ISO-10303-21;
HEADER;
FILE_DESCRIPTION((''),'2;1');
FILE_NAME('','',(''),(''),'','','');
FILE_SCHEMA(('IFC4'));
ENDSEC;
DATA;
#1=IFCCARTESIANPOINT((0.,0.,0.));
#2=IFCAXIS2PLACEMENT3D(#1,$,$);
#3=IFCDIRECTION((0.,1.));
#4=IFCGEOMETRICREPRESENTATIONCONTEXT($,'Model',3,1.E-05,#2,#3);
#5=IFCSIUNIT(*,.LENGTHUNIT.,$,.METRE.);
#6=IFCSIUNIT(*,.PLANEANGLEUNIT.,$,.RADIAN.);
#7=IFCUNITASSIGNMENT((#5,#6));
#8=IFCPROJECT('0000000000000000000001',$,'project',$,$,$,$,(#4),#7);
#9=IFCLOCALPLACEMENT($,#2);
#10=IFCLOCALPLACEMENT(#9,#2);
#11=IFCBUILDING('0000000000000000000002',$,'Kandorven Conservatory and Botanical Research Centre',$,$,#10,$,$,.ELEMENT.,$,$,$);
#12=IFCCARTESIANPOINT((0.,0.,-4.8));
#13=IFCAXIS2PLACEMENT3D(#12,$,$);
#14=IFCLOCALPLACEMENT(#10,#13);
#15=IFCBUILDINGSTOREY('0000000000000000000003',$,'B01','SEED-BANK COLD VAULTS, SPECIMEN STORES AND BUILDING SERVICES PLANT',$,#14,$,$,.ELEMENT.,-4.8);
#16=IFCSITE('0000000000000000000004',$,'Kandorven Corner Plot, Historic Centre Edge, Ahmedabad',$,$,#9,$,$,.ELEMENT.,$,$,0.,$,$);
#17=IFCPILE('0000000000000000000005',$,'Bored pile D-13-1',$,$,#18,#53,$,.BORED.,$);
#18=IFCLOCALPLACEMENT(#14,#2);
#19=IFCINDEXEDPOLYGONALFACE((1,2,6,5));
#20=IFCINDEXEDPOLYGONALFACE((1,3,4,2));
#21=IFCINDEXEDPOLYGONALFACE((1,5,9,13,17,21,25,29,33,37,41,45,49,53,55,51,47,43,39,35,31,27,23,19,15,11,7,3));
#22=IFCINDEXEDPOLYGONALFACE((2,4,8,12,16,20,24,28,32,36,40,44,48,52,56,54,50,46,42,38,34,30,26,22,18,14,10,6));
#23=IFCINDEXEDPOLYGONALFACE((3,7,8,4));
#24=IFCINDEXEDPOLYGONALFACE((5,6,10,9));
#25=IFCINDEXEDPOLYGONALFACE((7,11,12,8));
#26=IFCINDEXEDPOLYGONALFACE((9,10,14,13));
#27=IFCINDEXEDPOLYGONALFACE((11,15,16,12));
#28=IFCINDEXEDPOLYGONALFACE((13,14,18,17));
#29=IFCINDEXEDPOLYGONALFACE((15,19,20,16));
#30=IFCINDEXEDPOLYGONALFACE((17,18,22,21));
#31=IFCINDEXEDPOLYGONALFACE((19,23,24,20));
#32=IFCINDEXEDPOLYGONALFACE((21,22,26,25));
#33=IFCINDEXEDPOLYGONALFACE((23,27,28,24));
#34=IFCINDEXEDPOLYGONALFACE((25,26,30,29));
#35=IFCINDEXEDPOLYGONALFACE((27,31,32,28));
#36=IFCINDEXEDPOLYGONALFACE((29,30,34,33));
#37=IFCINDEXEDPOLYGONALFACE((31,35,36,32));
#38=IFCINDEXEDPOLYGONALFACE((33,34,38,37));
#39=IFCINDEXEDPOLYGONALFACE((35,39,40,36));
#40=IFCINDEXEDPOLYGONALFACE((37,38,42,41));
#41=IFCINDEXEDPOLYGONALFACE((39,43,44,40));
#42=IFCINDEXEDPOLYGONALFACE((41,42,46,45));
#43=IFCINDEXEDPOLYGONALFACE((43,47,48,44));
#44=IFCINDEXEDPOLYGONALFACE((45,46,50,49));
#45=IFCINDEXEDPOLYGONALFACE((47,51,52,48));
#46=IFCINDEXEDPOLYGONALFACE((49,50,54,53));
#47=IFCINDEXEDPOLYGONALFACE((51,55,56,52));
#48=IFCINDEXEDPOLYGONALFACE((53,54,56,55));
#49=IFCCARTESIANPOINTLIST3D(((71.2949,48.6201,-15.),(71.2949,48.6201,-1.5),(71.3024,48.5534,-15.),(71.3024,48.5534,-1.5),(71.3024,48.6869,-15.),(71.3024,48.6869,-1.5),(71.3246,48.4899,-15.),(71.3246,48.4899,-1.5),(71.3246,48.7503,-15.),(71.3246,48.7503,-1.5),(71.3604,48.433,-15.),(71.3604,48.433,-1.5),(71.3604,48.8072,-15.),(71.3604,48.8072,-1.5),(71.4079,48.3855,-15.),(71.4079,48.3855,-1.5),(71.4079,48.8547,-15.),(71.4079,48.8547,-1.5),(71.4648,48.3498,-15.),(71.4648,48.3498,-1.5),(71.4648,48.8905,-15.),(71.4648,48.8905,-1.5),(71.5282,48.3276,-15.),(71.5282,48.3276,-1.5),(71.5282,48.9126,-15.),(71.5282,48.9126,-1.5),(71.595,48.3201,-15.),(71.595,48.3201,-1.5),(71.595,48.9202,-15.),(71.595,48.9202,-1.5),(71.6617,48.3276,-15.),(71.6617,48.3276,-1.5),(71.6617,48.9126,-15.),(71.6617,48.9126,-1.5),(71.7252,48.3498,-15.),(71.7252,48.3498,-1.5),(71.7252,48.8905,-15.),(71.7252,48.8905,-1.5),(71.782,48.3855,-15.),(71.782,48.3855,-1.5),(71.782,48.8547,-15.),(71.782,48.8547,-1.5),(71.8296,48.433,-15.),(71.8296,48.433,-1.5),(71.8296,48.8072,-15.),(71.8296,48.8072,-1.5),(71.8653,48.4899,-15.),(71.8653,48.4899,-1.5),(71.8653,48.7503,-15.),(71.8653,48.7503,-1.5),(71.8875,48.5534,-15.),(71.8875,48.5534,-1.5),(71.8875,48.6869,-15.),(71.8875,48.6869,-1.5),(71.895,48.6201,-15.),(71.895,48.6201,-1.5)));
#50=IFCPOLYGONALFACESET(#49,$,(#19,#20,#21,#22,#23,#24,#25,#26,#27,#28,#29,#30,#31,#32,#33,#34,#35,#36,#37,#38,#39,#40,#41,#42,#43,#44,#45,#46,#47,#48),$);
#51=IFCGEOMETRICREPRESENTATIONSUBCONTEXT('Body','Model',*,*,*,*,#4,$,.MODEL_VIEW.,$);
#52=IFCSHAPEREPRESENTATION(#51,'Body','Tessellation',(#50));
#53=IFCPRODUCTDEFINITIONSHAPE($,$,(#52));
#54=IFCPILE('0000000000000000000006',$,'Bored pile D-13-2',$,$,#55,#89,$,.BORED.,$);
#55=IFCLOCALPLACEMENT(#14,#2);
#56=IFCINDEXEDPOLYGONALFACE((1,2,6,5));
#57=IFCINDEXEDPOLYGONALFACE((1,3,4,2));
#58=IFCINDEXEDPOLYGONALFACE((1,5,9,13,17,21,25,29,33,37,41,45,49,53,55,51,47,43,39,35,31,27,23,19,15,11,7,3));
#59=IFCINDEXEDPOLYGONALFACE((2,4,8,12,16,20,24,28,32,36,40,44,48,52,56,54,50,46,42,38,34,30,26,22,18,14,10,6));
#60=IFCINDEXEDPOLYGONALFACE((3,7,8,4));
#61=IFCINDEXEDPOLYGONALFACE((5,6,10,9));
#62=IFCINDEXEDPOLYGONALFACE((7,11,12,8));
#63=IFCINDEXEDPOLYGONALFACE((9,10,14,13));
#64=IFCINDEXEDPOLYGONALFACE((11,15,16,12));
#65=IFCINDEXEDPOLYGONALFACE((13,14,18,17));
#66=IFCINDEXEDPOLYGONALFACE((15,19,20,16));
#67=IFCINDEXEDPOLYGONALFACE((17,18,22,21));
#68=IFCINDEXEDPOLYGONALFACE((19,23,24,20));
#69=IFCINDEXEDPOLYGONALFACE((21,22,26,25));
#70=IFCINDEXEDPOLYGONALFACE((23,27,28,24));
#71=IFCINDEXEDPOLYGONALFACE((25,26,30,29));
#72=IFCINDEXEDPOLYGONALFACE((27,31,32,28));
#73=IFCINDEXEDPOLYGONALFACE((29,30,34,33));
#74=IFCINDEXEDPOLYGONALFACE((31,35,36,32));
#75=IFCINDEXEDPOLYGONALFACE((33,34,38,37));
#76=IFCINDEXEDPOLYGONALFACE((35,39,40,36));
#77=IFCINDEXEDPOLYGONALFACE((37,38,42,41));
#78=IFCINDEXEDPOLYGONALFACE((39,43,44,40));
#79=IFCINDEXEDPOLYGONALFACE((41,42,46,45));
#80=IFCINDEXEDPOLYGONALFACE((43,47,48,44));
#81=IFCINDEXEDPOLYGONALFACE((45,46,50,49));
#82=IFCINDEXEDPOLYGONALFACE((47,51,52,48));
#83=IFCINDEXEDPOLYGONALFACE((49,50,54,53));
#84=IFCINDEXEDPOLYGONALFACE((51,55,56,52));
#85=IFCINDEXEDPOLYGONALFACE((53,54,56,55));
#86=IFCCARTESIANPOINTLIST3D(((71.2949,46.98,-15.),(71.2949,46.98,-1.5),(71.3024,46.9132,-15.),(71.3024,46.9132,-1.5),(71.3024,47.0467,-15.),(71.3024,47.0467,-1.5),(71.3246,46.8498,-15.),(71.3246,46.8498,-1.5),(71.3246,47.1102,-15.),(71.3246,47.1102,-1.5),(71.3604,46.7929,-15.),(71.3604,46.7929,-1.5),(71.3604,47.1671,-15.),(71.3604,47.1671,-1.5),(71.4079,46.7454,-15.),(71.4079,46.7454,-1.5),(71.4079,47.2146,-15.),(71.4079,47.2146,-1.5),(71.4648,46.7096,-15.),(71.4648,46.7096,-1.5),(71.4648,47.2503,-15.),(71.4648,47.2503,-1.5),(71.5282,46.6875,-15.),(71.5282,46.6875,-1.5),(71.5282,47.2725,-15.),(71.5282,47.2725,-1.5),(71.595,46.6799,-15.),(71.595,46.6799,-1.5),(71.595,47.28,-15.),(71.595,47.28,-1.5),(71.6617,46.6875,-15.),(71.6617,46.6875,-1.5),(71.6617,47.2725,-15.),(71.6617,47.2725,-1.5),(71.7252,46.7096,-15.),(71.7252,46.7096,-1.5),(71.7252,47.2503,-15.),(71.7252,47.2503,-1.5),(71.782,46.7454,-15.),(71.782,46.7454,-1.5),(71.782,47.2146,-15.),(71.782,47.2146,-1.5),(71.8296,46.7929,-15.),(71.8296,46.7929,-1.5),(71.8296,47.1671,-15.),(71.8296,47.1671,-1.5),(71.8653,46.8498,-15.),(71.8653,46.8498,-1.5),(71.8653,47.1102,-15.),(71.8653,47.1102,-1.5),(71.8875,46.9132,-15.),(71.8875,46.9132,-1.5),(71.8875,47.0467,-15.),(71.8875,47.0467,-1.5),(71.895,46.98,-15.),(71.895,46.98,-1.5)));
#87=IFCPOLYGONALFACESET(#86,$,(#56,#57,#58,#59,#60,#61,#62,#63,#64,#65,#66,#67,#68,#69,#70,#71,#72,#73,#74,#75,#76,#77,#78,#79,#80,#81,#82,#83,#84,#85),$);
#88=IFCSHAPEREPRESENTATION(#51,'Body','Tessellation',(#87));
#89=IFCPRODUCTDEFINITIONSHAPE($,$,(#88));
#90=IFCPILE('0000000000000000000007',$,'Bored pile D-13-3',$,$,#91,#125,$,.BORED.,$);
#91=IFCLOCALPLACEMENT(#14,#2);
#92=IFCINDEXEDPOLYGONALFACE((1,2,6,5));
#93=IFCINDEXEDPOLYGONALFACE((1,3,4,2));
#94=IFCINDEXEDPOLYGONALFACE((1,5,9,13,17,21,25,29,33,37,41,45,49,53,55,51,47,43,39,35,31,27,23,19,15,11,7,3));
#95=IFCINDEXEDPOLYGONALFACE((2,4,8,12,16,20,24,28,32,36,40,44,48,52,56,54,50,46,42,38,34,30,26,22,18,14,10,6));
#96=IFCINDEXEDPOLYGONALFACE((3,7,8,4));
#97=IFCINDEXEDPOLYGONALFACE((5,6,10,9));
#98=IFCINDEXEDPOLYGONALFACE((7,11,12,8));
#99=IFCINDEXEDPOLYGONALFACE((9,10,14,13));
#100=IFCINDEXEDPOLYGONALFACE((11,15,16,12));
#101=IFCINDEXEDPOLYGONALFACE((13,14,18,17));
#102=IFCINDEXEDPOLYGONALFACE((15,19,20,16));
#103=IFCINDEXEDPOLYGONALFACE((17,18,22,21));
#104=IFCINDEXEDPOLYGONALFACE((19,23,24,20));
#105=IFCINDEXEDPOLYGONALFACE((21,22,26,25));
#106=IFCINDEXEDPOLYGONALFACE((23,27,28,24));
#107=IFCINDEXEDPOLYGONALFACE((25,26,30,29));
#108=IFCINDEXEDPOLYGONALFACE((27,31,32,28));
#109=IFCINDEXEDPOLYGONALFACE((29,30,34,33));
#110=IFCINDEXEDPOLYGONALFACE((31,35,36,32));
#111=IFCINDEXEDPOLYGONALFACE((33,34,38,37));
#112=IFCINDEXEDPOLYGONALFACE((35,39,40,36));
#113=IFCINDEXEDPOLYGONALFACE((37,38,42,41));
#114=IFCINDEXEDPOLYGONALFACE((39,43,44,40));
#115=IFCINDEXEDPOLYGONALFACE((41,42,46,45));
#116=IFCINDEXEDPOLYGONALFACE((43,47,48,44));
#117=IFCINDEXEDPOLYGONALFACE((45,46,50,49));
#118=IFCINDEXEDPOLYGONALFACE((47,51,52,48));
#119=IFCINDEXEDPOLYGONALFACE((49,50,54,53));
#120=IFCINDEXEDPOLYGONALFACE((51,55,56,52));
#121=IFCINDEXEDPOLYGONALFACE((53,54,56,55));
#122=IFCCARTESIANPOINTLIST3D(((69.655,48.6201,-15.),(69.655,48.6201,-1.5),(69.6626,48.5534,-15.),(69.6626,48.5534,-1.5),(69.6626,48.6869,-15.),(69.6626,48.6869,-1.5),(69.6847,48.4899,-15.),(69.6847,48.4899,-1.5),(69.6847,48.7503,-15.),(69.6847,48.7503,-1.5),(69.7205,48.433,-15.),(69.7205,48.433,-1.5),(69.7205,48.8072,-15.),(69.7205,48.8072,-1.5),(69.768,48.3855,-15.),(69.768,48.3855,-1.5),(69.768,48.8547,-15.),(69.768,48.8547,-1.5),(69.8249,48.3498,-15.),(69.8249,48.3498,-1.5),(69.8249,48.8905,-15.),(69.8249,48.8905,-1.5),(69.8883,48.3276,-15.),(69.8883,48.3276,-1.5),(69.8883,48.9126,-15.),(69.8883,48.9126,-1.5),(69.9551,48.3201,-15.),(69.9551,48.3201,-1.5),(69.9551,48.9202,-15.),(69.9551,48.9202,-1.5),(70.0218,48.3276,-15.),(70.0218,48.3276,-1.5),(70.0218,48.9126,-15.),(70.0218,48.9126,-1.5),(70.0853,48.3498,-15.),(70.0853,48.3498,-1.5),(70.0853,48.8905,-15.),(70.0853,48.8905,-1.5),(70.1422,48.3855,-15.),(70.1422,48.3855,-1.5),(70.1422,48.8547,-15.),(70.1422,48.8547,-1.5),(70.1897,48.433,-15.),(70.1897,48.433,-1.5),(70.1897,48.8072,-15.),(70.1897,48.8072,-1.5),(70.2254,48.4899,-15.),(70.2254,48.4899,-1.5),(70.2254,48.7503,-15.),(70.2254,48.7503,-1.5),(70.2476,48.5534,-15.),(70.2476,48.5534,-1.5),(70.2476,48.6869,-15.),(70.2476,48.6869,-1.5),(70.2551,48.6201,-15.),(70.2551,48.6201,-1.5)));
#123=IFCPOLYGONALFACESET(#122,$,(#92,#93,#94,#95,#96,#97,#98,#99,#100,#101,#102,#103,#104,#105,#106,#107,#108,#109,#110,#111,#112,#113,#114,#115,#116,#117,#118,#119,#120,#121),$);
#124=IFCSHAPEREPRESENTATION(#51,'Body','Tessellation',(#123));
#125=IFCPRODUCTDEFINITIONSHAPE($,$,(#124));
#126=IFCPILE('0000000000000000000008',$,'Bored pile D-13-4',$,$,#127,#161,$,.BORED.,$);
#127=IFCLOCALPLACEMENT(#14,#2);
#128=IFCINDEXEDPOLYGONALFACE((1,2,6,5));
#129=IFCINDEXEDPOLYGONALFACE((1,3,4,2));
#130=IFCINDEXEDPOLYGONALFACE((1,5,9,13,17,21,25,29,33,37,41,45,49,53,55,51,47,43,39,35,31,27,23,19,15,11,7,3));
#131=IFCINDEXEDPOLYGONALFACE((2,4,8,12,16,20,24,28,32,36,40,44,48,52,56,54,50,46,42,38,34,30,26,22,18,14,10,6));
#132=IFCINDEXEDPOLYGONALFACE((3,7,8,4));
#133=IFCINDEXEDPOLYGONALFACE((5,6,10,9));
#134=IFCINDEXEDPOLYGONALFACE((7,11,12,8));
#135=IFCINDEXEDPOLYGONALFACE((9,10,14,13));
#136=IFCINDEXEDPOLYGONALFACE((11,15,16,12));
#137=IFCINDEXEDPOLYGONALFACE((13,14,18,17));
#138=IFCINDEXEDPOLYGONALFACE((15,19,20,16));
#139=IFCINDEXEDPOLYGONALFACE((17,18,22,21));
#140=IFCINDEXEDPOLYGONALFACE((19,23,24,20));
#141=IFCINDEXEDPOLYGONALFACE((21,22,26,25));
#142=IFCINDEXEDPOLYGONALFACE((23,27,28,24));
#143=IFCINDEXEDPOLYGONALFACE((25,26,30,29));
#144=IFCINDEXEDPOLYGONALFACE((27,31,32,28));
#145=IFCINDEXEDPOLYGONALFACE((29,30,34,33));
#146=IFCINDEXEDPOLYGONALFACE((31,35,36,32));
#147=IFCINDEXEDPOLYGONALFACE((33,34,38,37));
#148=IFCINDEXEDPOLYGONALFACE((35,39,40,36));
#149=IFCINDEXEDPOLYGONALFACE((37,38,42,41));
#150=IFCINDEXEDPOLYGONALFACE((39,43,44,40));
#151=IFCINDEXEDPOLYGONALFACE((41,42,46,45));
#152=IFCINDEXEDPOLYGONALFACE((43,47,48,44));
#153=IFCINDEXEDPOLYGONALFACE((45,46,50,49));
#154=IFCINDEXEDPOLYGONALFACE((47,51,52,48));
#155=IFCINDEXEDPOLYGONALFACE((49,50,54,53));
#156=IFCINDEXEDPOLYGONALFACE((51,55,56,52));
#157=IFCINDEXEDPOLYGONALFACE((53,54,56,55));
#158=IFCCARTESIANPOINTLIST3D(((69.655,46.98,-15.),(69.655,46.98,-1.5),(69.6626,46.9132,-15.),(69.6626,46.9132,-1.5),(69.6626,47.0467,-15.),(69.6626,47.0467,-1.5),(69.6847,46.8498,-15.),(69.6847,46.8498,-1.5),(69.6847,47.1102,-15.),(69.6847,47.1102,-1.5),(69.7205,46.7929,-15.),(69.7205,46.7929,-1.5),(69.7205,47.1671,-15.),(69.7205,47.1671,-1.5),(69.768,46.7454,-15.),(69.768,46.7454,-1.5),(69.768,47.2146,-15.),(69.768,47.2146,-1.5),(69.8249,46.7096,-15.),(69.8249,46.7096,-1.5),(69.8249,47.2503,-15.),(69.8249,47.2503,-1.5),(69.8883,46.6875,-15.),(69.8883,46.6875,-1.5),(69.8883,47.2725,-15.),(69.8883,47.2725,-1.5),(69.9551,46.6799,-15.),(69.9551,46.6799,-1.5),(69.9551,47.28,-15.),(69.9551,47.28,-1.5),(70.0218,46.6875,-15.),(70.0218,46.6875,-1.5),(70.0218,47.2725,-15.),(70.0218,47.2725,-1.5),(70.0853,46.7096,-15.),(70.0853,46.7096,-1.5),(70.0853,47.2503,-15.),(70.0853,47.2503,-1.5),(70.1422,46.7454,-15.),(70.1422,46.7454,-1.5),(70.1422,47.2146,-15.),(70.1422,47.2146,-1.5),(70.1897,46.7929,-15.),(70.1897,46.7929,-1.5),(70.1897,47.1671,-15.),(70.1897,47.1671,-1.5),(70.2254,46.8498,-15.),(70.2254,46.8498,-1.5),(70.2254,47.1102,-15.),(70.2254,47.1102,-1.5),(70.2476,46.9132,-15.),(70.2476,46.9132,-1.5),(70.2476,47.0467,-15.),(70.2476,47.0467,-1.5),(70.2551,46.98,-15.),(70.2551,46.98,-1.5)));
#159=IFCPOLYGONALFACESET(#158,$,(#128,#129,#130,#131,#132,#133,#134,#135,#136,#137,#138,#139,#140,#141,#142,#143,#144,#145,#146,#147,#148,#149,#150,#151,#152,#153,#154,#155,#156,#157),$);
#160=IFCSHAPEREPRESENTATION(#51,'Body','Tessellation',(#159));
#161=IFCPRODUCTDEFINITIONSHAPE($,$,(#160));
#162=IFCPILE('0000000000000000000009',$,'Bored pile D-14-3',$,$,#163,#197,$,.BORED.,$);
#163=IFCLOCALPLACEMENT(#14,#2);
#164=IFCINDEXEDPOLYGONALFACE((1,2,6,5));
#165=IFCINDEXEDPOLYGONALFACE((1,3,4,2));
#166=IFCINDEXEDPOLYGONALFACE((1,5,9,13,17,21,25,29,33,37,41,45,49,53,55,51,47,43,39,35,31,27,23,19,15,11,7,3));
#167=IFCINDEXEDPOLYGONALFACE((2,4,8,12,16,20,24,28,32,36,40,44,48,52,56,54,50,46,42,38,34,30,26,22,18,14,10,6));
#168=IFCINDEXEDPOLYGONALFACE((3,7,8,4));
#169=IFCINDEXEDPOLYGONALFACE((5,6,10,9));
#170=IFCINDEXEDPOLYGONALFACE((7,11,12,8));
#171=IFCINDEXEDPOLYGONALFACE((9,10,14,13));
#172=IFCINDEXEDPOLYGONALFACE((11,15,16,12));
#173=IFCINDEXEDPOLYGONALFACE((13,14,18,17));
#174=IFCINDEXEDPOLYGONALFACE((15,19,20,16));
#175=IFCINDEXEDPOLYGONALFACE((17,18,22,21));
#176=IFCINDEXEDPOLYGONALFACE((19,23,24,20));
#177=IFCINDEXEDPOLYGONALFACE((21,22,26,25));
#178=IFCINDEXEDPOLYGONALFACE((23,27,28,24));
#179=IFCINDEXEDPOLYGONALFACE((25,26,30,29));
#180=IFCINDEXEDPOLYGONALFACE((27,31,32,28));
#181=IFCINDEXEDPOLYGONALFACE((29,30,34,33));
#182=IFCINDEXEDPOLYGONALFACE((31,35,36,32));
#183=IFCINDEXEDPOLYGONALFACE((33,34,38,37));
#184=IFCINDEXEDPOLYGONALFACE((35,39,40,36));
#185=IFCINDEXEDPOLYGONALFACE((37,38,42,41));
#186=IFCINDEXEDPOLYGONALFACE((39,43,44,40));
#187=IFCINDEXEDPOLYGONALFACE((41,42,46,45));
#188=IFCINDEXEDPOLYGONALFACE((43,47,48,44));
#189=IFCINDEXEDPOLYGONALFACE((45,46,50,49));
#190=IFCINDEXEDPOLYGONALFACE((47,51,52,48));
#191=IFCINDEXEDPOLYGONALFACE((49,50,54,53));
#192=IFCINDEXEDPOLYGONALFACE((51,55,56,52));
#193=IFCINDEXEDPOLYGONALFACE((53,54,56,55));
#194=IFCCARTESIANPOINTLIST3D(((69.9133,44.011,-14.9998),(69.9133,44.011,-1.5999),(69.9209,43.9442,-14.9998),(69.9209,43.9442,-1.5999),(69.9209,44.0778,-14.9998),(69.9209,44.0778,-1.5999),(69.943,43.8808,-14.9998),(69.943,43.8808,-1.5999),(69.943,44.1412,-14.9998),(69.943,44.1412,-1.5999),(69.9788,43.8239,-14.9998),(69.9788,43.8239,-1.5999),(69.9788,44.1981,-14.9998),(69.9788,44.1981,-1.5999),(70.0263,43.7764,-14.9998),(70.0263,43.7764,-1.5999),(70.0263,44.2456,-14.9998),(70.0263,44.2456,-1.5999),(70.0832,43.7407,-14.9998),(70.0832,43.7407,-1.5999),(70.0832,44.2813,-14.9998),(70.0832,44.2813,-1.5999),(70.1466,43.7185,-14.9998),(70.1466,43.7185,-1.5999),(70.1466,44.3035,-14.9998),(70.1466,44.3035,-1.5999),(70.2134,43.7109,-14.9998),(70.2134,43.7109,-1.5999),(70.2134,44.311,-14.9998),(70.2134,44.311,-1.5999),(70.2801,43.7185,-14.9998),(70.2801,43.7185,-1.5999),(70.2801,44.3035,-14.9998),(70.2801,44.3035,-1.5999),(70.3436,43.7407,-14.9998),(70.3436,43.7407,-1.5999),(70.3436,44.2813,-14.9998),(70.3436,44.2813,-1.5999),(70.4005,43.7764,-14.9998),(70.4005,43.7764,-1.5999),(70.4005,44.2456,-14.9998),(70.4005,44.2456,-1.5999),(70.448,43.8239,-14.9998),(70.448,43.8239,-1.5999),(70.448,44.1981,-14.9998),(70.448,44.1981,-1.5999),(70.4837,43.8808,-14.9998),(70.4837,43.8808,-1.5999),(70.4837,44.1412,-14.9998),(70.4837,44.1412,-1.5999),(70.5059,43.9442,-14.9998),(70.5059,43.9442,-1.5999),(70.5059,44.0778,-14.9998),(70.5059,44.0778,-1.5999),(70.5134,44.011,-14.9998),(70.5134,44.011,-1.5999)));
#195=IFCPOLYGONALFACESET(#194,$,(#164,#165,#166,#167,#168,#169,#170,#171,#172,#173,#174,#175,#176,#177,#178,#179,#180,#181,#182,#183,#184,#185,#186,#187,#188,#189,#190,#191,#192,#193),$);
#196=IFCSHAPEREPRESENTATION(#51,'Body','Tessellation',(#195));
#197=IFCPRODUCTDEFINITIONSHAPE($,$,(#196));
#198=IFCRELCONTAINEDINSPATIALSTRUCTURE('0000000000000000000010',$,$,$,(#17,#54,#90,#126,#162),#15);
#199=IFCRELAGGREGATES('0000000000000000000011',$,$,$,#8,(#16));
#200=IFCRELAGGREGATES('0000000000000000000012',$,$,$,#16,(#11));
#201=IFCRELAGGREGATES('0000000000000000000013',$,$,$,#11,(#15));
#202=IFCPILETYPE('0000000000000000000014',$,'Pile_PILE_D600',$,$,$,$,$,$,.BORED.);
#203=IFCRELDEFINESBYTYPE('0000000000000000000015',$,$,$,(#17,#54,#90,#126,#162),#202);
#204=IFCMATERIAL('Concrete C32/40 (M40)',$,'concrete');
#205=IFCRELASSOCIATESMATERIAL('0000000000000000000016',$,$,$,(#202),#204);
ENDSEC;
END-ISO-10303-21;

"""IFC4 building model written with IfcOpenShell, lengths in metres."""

from ifc_helpers import new_model, si_unit, direction, frame, origin, origin_2d, place, context, subcontext, project, spatial, circle, extrude, material, material_profile, profile_set, type_object, element, save


model = new_model("IFC4")

# Units and contexts
model_context = context("Model", 3, precision=1e-05, world=origin(), true_north=direction((0.0, 1.0)))
body_context = subcontext(model_context, "Body", "Model", "MODEL_VIEW")
ifc_project = project(units=[si_unit("LENGTHUNIT", "METRE"), si_unit("PLANEANGLEUNIT", "RADIAN")], contexts=[model_context])

# Site, building, storey
site_placement = place(None, origin())
site = spatial("IfcSite", under=ifc_project, at=site_placement, Name="Kandorven Corner Plot, Historic Centre Edge, Ahmedabad", CompositionType="ELEMENT", RefElevation=0.0)
building_placement = place(site_placement, origin())
building = spatial("IfcBuilding", under=site, at=building_placement, Name="Kandorven Conservatory and Botanical Research Centre", CompositionType="ELEMENT")
storey_placement = place(building_placement, frame((0.0, 0.0, -4.8)))
storey = spatial("IfcBuildingStorey", under=building, at=storey_placement, Name="B01", Description="SEED-BANK COLD VAULTS, SPECIMEN STORES AND BUILDING SERVICES PLANT", CompositionType="ELEMENT", Elevation=-4.8)

# Piles
ifc_material_1 = material(Name="Concrete C32/40 (M40)", Category="concrete")
ifc_material_profile_1 = material_profile(ifc_material_1, circle(Radius=0.3, at=origin_2d()))
ifc_profile_set_1 = profile_set([ifc_material_profile_1], Name="Concrete C32/40 (M40)")
pile_type = type_object("IfcPileType", Name="Pile_PILE_D600", PredefinedType="BORED", material=ifc_profile_set_1)
for number, where, z_axis, x_axis, name in (
    (1, (71.595, 48.6201, -1.5), (0.0, 0.0, -1.0), (1.0, 0.0, 0.0), "Bored pile D-13-1"),
    (2, (71.595, 46.98, -1.5), (0.0, 0.0, -1.0), (1.0, 0.0, 0.0), "Bored pile D-13-2"),
    (3, (69.9551, 48.6201, -1.5), (0.0, 0.0, -1.0), (1.0, 0.0, 0.0), "Bored pile D-13-3"),
    (4, (69.9551, 46.98, -1.5), (0.0, 0.0, -1.0), (1.0, 0.0, 0.0), "Bored pile D-13-4"),
):
    element("IfcPile", number, at=place(storey_placement, frame(where, z_axis=z_axis, x_axis=x_axis)), inside=storey, type_object=pile_type, Name=name, PredefinedType="BORED", context=body_context, shape_type="SweptSolid", body=[
        extrude(circle(Radius=0.3, at=origin_2d()), origin(), (0.0, 0.0, 1.0), 13.5),
    ])
for number, where, z_axis, x_axis, name in (
    (5, (70.2134, 44.011, -1.5999), (0.0, 0.0, -1.0), (1.0, 0.0, 0.0), "Bored pile D-14-3"),
):
    element("IfcPile", number, at=place(storey_placement, frame(where, z_axis=z_axis, x_axis=x_axis)), inside=storey, type_object=pile_type, Name=name, PredefinedType="BORED", context=body_context, shape_type="SweptSolid", body=[
        extrude(circle(Radius=0.3, at=origin_2d()), origin(), (0.0, 0.0, 1.0), 13.3999),
    ])

save(model, "model.ifc")
